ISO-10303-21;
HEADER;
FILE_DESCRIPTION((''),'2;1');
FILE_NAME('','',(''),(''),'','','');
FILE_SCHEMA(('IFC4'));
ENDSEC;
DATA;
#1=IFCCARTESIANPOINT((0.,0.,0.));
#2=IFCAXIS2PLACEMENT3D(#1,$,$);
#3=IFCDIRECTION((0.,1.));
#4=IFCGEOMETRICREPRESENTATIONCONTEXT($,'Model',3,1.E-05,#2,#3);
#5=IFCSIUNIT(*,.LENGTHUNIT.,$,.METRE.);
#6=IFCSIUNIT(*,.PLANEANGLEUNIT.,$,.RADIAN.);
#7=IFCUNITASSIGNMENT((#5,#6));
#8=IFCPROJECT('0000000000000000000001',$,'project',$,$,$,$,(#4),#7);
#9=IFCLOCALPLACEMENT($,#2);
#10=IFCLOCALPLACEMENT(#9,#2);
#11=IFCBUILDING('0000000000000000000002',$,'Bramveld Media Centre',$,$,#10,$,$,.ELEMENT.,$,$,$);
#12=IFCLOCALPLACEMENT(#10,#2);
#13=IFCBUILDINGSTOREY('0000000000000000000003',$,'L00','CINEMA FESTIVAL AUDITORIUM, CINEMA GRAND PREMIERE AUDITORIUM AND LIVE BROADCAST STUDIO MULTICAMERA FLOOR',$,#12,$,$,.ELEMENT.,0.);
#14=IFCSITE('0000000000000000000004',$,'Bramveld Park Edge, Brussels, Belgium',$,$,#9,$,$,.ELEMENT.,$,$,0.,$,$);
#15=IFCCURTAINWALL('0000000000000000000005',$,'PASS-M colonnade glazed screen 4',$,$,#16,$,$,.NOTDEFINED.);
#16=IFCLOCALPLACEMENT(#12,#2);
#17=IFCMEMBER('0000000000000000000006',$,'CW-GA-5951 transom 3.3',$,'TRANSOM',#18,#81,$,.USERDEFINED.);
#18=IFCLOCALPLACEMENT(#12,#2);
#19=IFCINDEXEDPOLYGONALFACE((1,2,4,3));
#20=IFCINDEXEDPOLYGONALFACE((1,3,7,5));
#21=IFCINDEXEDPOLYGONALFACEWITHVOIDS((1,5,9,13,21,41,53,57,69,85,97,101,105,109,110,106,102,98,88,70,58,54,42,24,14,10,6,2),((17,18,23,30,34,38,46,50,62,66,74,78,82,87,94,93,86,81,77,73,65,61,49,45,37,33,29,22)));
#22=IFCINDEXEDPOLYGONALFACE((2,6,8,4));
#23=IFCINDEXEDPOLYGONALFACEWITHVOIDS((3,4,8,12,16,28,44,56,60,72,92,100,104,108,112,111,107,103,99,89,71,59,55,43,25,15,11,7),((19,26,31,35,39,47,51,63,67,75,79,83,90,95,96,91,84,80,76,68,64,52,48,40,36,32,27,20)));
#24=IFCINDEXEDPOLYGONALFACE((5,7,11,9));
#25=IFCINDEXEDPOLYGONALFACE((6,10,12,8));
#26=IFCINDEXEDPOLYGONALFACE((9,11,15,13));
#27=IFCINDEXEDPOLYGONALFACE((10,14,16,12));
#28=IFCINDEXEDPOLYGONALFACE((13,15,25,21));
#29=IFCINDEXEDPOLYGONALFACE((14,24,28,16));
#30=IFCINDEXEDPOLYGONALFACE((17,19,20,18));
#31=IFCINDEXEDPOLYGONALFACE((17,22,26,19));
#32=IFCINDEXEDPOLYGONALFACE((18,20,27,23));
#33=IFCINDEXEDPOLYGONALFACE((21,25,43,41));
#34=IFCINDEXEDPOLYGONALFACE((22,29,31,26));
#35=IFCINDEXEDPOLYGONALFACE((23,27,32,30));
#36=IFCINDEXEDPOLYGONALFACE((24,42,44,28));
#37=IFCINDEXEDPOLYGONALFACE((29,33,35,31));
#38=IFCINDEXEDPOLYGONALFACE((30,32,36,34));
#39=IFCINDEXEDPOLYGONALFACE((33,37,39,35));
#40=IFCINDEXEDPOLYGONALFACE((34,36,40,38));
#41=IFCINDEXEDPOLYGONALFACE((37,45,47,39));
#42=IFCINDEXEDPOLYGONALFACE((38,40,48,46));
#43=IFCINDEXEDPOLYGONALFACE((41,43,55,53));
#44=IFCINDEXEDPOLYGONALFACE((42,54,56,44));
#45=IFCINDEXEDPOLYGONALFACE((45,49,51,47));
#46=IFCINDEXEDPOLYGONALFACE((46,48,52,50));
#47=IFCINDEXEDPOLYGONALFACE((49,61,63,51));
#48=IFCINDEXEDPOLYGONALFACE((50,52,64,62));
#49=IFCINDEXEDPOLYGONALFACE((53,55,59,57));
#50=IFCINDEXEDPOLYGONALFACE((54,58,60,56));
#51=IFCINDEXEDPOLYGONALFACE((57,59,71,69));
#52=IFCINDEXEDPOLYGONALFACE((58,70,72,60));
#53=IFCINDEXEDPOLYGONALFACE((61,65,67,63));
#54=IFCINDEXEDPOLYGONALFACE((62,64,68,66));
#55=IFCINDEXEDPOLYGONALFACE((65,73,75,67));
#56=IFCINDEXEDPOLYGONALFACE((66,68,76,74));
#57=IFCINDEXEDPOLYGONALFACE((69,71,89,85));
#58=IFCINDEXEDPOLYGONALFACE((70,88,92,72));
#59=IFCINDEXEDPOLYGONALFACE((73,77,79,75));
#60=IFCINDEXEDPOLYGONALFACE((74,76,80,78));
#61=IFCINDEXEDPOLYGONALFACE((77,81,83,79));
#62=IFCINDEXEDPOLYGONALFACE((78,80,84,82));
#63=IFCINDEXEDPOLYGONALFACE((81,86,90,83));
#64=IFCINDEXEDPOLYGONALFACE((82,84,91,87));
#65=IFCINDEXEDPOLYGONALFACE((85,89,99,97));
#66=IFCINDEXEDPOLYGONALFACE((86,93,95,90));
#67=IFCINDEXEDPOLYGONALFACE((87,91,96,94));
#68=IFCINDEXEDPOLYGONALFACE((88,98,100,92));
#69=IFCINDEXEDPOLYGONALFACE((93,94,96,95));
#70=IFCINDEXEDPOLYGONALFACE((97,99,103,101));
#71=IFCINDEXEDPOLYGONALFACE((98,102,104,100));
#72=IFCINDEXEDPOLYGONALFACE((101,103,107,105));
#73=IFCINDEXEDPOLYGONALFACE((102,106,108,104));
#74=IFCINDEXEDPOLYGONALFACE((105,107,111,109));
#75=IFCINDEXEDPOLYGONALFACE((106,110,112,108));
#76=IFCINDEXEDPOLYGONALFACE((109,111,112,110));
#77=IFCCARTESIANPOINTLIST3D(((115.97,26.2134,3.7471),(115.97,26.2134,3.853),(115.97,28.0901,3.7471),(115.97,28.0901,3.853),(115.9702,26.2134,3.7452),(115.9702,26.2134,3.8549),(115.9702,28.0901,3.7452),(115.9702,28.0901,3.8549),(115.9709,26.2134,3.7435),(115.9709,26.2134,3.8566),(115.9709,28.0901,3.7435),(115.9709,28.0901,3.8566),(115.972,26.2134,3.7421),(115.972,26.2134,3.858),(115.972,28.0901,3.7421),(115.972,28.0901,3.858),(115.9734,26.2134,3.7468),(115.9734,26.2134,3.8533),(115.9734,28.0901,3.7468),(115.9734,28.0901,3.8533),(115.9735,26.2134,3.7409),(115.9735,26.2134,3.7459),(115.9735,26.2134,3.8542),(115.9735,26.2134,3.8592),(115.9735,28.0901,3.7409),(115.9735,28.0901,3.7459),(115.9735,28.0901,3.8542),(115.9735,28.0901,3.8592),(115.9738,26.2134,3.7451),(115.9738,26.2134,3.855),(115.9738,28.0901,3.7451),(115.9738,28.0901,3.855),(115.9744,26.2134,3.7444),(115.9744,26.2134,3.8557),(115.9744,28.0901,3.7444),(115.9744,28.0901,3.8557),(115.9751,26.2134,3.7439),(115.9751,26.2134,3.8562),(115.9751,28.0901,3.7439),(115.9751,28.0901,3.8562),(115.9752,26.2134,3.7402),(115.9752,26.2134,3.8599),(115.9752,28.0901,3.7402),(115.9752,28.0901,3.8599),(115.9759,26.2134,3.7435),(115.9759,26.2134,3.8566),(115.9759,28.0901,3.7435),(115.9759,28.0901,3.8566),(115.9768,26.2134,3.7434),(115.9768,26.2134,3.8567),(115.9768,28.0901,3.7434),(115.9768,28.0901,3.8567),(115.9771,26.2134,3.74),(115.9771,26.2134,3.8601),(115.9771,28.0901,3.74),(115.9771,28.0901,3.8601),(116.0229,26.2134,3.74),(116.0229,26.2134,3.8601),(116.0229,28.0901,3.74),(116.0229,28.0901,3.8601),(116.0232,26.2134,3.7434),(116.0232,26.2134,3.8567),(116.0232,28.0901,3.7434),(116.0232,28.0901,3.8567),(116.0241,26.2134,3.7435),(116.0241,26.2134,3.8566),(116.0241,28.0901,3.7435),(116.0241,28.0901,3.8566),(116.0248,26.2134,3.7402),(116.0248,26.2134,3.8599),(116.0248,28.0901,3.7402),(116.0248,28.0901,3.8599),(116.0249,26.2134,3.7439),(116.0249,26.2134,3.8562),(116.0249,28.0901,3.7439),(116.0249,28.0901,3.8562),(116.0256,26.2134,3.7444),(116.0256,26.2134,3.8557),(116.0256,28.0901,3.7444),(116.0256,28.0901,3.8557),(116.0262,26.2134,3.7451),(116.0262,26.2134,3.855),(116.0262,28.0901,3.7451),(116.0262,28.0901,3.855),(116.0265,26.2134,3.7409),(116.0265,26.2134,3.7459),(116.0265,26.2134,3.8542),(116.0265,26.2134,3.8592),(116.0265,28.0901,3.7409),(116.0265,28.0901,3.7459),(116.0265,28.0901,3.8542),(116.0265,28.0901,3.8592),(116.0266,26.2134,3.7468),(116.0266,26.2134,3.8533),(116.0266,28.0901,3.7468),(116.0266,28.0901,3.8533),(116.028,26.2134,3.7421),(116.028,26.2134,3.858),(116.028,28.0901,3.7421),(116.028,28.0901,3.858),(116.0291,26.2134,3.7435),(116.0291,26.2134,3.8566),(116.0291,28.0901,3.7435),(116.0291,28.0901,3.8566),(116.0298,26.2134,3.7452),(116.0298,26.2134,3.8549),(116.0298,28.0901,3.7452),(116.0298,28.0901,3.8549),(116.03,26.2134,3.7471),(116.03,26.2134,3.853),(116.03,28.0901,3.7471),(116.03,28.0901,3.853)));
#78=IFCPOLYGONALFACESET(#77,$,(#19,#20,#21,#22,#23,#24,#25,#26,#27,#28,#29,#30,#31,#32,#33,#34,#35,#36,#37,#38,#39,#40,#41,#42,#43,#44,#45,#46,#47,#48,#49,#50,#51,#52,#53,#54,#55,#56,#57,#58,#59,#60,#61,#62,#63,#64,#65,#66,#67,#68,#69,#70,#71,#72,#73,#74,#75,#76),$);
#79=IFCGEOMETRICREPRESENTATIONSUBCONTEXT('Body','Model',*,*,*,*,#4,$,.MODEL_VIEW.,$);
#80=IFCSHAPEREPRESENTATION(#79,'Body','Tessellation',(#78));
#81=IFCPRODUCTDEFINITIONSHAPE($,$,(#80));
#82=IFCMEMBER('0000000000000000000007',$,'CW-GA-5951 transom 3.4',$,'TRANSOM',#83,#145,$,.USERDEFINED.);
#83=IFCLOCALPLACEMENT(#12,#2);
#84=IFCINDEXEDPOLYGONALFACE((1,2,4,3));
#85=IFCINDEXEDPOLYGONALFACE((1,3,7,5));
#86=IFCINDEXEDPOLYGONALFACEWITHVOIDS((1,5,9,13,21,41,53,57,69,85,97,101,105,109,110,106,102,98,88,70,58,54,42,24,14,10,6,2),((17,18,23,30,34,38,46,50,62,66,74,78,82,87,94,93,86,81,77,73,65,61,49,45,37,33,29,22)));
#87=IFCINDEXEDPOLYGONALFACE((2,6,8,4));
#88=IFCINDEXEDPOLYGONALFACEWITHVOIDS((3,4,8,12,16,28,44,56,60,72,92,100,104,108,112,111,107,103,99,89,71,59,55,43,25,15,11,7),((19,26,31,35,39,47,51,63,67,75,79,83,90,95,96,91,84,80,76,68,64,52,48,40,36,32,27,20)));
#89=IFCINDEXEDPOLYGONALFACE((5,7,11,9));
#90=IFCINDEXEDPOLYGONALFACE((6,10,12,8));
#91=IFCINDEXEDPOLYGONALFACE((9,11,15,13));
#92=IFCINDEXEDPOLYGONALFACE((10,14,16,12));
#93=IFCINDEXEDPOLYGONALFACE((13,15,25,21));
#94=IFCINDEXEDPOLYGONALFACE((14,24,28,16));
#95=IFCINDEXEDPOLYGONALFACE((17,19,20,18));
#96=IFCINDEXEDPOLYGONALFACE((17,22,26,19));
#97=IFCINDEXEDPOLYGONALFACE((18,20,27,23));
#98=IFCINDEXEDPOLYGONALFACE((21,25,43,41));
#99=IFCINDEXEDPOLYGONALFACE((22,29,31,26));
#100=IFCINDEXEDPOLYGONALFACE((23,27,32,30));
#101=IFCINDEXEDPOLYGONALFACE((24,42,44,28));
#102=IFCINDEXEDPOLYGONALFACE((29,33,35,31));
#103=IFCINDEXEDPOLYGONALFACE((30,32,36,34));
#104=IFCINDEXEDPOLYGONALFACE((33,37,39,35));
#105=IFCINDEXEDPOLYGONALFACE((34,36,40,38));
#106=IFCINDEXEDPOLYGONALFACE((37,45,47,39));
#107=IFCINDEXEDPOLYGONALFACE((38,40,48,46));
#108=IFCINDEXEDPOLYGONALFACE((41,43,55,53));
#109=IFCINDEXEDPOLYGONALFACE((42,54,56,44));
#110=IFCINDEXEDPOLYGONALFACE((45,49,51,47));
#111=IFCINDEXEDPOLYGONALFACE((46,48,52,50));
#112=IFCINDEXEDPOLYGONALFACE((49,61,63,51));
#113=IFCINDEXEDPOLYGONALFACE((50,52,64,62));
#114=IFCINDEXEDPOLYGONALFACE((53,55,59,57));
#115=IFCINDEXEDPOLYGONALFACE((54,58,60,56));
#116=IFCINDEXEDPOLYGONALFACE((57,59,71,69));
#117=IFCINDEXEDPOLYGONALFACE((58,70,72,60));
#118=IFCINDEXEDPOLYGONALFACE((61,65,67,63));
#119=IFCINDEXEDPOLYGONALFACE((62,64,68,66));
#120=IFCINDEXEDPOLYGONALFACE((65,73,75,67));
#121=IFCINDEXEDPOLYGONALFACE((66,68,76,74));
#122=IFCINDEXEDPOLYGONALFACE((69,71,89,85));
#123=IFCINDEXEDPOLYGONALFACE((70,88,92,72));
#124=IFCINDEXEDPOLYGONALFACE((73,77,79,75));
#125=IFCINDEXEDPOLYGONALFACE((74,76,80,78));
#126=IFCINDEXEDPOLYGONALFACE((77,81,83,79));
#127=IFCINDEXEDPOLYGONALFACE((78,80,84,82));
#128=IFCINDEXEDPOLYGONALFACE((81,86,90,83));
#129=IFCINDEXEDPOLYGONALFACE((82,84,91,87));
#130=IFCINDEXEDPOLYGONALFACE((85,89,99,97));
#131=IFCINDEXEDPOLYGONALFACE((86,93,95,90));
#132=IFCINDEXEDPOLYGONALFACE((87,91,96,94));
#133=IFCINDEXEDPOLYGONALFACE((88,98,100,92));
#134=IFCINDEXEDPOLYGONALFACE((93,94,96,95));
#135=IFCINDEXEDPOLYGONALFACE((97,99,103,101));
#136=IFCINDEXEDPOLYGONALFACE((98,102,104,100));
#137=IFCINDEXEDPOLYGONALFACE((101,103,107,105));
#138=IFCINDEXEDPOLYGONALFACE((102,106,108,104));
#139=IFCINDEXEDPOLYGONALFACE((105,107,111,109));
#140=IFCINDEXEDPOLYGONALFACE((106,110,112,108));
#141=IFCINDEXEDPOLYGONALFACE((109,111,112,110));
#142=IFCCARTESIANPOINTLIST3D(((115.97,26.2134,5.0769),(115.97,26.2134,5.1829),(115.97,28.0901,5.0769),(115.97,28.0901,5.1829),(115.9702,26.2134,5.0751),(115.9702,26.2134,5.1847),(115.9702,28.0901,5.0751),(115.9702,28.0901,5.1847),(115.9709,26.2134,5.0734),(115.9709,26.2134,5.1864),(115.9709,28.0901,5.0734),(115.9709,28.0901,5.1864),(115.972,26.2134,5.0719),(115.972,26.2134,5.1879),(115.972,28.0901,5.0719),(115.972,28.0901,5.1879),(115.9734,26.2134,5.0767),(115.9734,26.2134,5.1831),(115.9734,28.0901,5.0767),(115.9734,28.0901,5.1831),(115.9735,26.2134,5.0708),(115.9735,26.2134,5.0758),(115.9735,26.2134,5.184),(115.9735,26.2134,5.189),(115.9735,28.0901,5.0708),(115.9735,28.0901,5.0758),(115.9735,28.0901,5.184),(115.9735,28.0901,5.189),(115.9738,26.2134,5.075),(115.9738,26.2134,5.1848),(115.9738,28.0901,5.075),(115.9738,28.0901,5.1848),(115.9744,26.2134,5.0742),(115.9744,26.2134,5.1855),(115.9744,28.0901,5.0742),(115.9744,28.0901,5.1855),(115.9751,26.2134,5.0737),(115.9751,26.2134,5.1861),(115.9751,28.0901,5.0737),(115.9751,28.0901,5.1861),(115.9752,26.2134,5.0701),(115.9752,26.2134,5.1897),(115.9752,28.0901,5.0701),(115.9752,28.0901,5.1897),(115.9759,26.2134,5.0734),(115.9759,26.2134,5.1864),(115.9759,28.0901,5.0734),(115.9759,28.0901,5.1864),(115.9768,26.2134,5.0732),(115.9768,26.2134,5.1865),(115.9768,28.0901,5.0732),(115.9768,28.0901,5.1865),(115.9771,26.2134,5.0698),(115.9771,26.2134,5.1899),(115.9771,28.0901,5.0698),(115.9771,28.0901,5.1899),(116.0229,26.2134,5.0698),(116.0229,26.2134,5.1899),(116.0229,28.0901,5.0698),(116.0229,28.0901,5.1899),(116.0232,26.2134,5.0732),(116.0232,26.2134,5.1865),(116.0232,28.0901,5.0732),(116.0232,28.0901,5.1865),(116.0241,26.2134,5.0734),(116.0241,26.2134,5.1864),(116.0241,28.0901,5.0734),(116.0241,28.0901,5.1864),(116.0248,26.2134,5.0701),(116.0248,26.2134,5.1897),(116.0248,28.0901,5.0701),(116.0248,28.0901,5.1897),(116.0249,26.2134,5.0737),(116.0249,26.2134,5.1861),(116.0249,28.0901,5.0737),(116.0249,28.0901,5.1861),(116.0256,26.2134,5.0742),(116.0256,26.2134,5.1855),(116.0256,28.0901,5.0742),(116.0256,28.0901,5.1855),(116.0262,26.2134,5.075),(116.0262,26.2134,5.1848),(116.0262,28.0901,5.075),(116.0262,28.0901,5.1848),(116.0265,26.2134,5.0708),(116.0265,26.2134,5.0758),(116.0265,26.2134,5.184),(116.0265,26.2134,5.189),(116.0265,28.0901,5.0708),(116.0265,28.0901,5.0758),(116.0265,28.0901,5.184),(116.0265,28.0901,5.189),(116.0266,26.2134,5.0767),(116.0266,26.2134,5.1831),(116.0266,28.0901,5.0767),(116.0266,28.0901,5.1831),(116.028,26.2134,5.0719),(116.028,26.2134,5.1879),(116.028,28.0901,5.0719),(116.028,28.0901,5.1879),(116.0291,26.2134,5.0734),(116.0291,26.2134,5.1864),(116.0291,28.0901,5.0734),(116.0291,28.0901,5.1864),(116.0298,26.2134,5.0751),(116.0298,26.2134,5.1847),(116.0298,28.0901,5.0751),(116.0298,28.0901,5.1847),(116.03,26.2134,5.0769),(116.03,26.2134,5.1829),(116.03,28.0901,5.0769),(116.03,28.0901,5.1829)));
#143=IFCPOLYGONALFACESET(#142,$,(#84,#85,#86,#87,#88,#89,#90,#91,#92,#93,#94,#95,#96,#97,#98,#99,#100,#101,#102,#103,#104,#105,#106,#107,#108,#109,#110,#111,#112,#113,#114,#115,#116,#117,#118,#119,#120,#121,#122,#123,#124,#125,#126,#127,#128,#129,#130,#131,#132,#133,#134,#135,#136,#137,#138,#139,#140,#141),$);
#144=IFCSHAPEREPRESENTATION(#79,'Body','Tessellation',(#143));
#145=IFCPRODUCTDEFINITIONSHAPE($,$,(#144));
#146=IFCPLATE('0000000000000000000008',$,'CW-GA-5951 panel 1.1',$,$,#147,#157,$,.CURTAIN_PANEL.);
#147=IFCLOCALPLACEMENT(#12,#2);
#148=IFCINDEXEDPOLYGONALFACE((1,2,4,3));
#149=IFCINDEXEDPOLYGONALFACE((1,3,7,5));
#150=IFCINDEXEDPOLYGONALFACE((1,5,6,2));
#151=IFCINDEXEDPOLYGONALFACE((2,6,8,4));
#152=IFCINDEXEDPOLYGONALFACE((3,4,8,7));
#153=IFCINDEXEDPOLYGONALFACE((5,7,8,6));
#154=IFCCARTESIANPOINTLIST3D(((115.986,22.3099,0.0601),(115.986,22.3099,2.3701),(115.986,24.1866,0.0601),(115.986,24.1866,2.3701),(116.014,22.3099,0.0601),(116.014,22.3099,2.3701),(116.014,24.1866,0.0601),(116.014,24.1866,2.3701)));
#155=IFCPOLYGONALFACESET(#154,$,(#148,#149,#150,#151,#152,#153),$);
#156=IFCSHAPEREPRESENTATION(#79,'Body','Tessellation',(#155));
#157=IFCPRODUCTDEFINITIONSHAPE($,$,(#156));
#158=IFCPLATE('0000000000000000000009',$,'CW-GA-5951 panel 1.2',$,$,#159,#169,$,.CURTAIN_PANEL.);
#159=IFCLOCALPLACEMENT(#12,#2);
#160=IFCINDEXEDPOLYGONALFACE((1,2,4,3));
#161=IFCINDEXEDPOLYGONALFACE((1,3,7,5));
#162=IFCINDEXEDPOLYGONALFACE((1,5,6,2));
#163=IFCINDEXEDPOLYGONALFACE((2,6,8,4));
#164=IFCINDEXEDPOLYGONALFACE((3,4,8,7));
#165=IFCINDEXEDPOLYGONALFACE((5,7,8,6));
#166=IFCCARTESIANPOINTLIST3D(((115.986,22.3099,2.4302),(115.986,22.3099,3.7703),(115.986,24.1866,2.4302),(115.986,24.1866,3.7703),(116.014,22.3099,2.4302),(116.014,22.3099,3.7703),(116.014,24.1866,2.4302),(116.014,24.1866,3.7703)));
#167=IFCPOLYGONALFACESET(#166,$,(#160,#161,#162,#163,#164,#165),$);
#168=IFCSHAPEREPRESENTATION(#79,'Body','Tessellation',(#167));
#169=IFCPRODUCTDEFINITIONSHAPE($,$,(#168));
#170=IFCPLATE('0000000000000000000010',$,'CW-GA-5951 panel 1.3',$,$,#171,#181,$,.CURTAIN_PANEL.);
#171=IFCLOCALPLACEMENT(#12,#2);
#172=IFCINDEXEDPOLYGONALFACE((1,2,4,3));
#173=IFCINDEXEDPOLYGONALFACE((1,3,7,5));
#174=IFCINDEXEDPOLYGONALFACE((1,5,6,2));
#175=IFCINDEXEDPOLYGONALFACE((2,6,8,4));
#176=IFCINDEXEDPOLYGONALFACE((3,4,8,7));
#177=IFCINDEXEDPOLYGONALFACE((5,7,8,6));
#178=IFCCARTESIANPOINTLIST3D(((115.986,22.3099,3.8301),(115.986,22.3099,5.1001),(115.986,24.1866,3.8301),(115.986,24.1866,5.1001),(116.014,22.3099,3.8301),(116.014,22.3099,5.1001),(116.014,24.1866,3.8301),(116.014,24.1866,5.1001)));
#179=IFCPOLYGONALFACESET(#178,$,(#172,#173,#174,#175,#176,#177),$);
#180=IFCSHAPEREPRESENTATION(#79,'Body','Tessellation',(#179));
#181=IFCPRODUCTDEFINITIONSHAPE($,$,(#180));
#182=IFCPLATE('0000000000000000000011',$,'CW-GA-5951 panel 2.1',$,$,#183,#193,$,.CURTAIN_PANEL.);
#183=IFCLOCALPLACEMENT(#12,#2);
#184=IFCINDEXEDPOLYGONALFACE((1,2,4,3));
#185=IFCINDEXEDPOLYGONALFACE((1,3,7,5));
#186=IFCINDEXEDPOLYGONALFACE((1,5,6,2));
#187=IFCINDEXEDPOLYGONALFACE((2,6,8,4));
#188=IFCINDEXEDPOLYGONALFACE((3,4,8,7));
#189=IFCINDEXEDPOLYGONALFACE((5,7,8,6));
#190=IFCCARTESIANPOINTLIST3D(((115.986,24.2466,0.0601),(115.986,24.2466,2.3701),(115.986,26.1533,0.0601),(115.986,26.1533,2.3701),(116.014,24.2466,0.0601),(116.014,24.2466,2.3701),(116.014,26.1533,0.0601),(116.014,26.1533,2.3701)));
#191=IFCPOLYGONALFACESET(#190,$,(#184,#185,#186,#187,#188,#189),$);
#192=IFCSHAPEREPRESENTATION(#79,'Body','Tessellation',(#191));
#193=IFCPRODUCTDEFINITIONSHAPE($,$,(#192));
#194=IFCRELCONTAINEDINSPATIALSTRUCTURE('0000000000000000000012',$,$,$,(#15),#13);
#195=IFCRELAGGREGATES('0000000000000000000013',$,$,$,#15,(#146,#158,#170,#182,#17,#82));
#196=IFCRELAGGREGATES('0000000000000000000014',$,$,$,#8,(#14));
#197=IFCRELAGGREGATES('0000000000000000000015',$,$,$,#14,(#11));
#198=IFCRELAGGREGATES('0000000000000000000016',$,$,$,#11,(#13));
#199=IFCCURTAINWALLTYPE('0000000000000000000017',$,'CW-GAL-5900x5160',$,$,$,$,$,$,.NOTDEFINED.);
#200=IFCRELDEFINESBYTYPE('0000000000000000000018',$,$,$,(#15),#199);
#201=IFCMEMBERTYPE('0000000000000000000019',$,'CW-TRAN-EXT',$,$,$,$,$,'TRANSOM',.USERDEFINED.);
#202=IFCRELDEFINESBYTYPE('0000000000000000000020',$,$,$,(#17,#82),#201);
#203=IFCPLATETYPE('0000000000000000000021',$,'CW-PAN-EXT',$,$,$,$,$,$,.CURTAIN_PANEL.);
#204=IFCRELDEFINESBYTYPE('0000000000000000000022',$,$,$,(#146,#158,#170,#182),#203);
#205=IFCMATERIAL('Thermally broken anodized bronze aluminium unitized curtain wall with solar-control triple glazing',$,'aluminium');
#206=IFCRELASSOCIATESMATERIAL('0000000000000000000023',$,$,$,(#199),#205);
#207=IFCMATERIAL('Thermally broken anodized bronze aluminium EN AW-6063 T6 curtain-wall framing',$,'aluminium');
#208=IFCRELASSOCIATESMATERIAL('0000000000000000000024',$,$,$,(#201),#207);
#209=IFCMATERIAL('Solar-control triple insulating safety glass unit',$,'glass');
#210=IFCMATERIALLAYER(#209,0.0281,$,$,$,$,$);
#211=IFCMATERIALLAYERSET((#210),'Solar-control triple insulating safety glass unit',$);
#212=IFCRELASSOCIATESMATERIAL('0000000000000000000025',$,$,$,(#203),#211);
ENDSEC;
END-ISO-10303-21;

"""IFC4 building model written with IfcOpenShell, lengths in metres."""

from ifc_helpers import new_model, si_unit, direction, frame, origin, origin_2d, place, context, subcontext, project, spatial, rectangle, hollow_rectangle, extrude, material, layer, layer_set, material_profile, profile_set, type_object, element, aggregate, save


model = new_model("IFC4")

# Units and contexts
model_context = context("Model", 3, precision=1e-05, world=origin(), true_north=direction((0.0, 1.0)))
body_context = subcontext(model_context, "Body", "Model", "MODEL_VIEW")
ifc_project = project(units=[si_unit("LENGTHUNIT", "METRE"), si_unit("PLANEANGLEUNIT", "RADIAN")], contexts=[model_context])

# Site, building, storey
site_placement = place(None, origin())
site = spatial("IfcSite", under=ifc_project, at=site_placement, Name="Bramveld Park Edge, Brussels, Belgium", CompositionType="ELEMENT", RefElevation=0.0)
building_placement = place(site_placement, origin())
building = spatial("IfcBuilding", under=site, at=building_placement, Name="Bramveld Media Centre", CompositionType="ELEMENT")
storey_placement = place(building_placement, origin())
storey = spatial("IfcBuildingStorey", under=building, at=storey_placement, Name="L00", Description="CINEMA FESTIVAL AUDITORIUM, CINEMA GRAND PREMIERE AUDITORIUM AND LIVE BROADCAST STUDIO MULTICAMERA FLOOR", CompositionType="ELEMENT", Elevation=0.0)

# Curtain wall, members, plates
ifc_material_1 = material(Name="Thermally broken anodized bronze aluminium unitized curtain wall with solar-control triple glazing", Category="aluminium")
curtain_wall_type = type_object("IfcCurtainWallType", Name="CW-GAL-5900x5160", PredefinedType="NOTDEFINED", material=ifc_material_1)
curtain_wall_placement = place(storey_placement, origin())
curtain_wall = element("IfcCurtainWall", 1, at=curtain_wall_placement, inside=storey, type_object=curtain_wall_type, Name="PASS-M colonnade glazed screen 4", PredefinedType="NOTDEFINED")
ifc_material_2 = material(Name="Thermally broken anodized bronze aluminium EN AW-6063 T6 curtain-wall framing", Category="aluminium")
ifc_material_profile_1 = material_profile(ifc_material_2, hollow_rectangle(XDim=0.0601, YDim=0.1201, WallThickness=0.0034, InnerFilletRadius=0.0034, OuterFilletRadius=0.0071, at=origin_2d()), Name="AL-TRAN 60x120")
ifc_profile_set_1 = profile_set([ifc_material_profile_1], Name="Thermally broken anodized bronze aluminium EN AW-6063 T6 curtain-wall framing")
member_type_1 = type_object("IfcMemberType", Name="CW-TRAN-EXT", ElementType="TRANSOM", PredefinedType="USERDEFINED", material=ifc_profile_set_1)
member_1_placement = place(storey_placement, frame((116.0, 26.2134, 3.8), z_axis=(0.0, 1.0, 0.0), x_axis=(-1.0, 0.0, 0.0)))
member_1 = element("IfcMember", 2, at=member_1_placement, type_object=member_type_1, Name="CW-GA-5951 transom 3.3", ObjectType="TRANSOM", PredefinedType="USERDEFINED", context=body_context, shape_type="SweptSolid", body=[
    extrude(hollow_rectangle(XDim=0.0601, YDim=0.1201, WallThickness=0.0034, InnerFilletRadius=0.0034, OuterFilletRadius=0.0071, at=origin_2d()), origin(), (0.0, 0.0, 1.0), 1.8767),
])
member_2_placement = place(storey_placement, frame((116.0, 26.2134, 5.1299), z_axis=(0.0, 1.0, 0.0), x_axis=(-1.0, 0.0, 0.0)))
member_2 = element("IfcMember", 3, at=member_2_placement, type_object=member_type_1, Name="CW-GA-5951 transom 3.4", ObjectType="TRANSOM", PredefinedType="USERDEFINED", context=body_context, shape_type="SweptSolid", body=[
    extrude(hollow_rectangle(XDim=0.0601, YDim=0.1201, WallThickness=0.0034, InnerFilletRadius=0.0034, OuterFilletRadius=0.0071, at=origin_2d()), origin(), (0.0, 0.0, 1.0), 1.8767),
])
ifc_material_3 = material(Name="Solar-control triple insulating safety glass unit", Category="glass")
ifc_layer = layer(ifc_material_3, 0.0281)
ifc_layer_set = layer_set([ifc_layer], Name="Solar-control triple insulating safety glass unit")
plate_type = type_object("IfcPlateType", Name="CW-PAN-EXT", PredefinedType="CURTAIN_PANEL", material=ifc_layer_set)
plate_1_placement = place(storey_placement, frame((116.0, 23.2483, 0.0601), z_axis=(0.0, 0.0, 1.0), x_axis=(0.0, 1.0, 0.0)))
plate_1 = element("IfcPlate", 4, at=plate_1_placement, type_object=plate_type, Name="CW-GA-5951 panel 1.1", PredefinedType="CURTAIN_PANEL", context=body_context, shape_type="SweptSolid", body=[
    extrude(rectangle(XDim=1.8767, YDim=0.0281, at=origin_2d()), origin(), (0.0, 0.0, 1.0), 2.3101),
])
plate_2_placement = place(storey_placement, frame((116.0, 23.2483, 2.4302), z_axis=(0.0, 0.0, 1.0), x_axis=(0.0, 1.0, 0.0)))
plate_2 = element("IfcPlate", 5, at=plate_2_placement, type_object=plate_type, Name="CW-GA-5951 panel 1.2", PredefinedType="CURTAIN_PANEL", context=body_context, shape_type="SweptSolid", body=[
    extrude(rectangle(XDim=1.8767, YDim=0.0281, at=origin_2d()), origin(), (0.0, 0.0, 1.0), 1.3401),
])
plate_3_placement = place(storey_placement, frame((116.0, 23.2483, 3.8301), z_axis=(0.0, 0.0, 1.0), x_axis=(0.0, 1.0, 0.0)))
plate_3 = element("IfcPlate", 6, at=plate_3_placement, type_object=plate_type, Name="CW-GA-5951 panel 1.3", PredefinedType="CURTAIN_PANEL", context=body_context, shape_type="SweptSolid", body=[
    extrude(rectangle(XDim=1.8767, YDim=0.0281, at=origin_2d()), origin(), (0.0, 0.0, 1.0), 1.27),
])
plate_4_placement = place(storey_placement, frame((116.0, 25.2, 0.0601), z_axis=(0.0, 0.0, 1.0), x_axis=(0.0, 1.0, 0.0)))
plate_4 = element("IfcPlate", 7, at=plate_4_placement, type_object=plate_type, Name="CW-GA-5951 panel 2.1", PredefinedType="CURTAIN_PANEL", context=body_context, shape_type="SweptSolid", body=[
    extrude(rectangle(XDim=1.9067, YDim=0.0281, at=origin_2d()), origin(), (0.0, 0.0, 1.0), 2.3101),
])
aggregate(curtain_wall, [plate_1, plate_2, plate_3, plate_4, member_1, member_2])

save(model, "model.ifc")
